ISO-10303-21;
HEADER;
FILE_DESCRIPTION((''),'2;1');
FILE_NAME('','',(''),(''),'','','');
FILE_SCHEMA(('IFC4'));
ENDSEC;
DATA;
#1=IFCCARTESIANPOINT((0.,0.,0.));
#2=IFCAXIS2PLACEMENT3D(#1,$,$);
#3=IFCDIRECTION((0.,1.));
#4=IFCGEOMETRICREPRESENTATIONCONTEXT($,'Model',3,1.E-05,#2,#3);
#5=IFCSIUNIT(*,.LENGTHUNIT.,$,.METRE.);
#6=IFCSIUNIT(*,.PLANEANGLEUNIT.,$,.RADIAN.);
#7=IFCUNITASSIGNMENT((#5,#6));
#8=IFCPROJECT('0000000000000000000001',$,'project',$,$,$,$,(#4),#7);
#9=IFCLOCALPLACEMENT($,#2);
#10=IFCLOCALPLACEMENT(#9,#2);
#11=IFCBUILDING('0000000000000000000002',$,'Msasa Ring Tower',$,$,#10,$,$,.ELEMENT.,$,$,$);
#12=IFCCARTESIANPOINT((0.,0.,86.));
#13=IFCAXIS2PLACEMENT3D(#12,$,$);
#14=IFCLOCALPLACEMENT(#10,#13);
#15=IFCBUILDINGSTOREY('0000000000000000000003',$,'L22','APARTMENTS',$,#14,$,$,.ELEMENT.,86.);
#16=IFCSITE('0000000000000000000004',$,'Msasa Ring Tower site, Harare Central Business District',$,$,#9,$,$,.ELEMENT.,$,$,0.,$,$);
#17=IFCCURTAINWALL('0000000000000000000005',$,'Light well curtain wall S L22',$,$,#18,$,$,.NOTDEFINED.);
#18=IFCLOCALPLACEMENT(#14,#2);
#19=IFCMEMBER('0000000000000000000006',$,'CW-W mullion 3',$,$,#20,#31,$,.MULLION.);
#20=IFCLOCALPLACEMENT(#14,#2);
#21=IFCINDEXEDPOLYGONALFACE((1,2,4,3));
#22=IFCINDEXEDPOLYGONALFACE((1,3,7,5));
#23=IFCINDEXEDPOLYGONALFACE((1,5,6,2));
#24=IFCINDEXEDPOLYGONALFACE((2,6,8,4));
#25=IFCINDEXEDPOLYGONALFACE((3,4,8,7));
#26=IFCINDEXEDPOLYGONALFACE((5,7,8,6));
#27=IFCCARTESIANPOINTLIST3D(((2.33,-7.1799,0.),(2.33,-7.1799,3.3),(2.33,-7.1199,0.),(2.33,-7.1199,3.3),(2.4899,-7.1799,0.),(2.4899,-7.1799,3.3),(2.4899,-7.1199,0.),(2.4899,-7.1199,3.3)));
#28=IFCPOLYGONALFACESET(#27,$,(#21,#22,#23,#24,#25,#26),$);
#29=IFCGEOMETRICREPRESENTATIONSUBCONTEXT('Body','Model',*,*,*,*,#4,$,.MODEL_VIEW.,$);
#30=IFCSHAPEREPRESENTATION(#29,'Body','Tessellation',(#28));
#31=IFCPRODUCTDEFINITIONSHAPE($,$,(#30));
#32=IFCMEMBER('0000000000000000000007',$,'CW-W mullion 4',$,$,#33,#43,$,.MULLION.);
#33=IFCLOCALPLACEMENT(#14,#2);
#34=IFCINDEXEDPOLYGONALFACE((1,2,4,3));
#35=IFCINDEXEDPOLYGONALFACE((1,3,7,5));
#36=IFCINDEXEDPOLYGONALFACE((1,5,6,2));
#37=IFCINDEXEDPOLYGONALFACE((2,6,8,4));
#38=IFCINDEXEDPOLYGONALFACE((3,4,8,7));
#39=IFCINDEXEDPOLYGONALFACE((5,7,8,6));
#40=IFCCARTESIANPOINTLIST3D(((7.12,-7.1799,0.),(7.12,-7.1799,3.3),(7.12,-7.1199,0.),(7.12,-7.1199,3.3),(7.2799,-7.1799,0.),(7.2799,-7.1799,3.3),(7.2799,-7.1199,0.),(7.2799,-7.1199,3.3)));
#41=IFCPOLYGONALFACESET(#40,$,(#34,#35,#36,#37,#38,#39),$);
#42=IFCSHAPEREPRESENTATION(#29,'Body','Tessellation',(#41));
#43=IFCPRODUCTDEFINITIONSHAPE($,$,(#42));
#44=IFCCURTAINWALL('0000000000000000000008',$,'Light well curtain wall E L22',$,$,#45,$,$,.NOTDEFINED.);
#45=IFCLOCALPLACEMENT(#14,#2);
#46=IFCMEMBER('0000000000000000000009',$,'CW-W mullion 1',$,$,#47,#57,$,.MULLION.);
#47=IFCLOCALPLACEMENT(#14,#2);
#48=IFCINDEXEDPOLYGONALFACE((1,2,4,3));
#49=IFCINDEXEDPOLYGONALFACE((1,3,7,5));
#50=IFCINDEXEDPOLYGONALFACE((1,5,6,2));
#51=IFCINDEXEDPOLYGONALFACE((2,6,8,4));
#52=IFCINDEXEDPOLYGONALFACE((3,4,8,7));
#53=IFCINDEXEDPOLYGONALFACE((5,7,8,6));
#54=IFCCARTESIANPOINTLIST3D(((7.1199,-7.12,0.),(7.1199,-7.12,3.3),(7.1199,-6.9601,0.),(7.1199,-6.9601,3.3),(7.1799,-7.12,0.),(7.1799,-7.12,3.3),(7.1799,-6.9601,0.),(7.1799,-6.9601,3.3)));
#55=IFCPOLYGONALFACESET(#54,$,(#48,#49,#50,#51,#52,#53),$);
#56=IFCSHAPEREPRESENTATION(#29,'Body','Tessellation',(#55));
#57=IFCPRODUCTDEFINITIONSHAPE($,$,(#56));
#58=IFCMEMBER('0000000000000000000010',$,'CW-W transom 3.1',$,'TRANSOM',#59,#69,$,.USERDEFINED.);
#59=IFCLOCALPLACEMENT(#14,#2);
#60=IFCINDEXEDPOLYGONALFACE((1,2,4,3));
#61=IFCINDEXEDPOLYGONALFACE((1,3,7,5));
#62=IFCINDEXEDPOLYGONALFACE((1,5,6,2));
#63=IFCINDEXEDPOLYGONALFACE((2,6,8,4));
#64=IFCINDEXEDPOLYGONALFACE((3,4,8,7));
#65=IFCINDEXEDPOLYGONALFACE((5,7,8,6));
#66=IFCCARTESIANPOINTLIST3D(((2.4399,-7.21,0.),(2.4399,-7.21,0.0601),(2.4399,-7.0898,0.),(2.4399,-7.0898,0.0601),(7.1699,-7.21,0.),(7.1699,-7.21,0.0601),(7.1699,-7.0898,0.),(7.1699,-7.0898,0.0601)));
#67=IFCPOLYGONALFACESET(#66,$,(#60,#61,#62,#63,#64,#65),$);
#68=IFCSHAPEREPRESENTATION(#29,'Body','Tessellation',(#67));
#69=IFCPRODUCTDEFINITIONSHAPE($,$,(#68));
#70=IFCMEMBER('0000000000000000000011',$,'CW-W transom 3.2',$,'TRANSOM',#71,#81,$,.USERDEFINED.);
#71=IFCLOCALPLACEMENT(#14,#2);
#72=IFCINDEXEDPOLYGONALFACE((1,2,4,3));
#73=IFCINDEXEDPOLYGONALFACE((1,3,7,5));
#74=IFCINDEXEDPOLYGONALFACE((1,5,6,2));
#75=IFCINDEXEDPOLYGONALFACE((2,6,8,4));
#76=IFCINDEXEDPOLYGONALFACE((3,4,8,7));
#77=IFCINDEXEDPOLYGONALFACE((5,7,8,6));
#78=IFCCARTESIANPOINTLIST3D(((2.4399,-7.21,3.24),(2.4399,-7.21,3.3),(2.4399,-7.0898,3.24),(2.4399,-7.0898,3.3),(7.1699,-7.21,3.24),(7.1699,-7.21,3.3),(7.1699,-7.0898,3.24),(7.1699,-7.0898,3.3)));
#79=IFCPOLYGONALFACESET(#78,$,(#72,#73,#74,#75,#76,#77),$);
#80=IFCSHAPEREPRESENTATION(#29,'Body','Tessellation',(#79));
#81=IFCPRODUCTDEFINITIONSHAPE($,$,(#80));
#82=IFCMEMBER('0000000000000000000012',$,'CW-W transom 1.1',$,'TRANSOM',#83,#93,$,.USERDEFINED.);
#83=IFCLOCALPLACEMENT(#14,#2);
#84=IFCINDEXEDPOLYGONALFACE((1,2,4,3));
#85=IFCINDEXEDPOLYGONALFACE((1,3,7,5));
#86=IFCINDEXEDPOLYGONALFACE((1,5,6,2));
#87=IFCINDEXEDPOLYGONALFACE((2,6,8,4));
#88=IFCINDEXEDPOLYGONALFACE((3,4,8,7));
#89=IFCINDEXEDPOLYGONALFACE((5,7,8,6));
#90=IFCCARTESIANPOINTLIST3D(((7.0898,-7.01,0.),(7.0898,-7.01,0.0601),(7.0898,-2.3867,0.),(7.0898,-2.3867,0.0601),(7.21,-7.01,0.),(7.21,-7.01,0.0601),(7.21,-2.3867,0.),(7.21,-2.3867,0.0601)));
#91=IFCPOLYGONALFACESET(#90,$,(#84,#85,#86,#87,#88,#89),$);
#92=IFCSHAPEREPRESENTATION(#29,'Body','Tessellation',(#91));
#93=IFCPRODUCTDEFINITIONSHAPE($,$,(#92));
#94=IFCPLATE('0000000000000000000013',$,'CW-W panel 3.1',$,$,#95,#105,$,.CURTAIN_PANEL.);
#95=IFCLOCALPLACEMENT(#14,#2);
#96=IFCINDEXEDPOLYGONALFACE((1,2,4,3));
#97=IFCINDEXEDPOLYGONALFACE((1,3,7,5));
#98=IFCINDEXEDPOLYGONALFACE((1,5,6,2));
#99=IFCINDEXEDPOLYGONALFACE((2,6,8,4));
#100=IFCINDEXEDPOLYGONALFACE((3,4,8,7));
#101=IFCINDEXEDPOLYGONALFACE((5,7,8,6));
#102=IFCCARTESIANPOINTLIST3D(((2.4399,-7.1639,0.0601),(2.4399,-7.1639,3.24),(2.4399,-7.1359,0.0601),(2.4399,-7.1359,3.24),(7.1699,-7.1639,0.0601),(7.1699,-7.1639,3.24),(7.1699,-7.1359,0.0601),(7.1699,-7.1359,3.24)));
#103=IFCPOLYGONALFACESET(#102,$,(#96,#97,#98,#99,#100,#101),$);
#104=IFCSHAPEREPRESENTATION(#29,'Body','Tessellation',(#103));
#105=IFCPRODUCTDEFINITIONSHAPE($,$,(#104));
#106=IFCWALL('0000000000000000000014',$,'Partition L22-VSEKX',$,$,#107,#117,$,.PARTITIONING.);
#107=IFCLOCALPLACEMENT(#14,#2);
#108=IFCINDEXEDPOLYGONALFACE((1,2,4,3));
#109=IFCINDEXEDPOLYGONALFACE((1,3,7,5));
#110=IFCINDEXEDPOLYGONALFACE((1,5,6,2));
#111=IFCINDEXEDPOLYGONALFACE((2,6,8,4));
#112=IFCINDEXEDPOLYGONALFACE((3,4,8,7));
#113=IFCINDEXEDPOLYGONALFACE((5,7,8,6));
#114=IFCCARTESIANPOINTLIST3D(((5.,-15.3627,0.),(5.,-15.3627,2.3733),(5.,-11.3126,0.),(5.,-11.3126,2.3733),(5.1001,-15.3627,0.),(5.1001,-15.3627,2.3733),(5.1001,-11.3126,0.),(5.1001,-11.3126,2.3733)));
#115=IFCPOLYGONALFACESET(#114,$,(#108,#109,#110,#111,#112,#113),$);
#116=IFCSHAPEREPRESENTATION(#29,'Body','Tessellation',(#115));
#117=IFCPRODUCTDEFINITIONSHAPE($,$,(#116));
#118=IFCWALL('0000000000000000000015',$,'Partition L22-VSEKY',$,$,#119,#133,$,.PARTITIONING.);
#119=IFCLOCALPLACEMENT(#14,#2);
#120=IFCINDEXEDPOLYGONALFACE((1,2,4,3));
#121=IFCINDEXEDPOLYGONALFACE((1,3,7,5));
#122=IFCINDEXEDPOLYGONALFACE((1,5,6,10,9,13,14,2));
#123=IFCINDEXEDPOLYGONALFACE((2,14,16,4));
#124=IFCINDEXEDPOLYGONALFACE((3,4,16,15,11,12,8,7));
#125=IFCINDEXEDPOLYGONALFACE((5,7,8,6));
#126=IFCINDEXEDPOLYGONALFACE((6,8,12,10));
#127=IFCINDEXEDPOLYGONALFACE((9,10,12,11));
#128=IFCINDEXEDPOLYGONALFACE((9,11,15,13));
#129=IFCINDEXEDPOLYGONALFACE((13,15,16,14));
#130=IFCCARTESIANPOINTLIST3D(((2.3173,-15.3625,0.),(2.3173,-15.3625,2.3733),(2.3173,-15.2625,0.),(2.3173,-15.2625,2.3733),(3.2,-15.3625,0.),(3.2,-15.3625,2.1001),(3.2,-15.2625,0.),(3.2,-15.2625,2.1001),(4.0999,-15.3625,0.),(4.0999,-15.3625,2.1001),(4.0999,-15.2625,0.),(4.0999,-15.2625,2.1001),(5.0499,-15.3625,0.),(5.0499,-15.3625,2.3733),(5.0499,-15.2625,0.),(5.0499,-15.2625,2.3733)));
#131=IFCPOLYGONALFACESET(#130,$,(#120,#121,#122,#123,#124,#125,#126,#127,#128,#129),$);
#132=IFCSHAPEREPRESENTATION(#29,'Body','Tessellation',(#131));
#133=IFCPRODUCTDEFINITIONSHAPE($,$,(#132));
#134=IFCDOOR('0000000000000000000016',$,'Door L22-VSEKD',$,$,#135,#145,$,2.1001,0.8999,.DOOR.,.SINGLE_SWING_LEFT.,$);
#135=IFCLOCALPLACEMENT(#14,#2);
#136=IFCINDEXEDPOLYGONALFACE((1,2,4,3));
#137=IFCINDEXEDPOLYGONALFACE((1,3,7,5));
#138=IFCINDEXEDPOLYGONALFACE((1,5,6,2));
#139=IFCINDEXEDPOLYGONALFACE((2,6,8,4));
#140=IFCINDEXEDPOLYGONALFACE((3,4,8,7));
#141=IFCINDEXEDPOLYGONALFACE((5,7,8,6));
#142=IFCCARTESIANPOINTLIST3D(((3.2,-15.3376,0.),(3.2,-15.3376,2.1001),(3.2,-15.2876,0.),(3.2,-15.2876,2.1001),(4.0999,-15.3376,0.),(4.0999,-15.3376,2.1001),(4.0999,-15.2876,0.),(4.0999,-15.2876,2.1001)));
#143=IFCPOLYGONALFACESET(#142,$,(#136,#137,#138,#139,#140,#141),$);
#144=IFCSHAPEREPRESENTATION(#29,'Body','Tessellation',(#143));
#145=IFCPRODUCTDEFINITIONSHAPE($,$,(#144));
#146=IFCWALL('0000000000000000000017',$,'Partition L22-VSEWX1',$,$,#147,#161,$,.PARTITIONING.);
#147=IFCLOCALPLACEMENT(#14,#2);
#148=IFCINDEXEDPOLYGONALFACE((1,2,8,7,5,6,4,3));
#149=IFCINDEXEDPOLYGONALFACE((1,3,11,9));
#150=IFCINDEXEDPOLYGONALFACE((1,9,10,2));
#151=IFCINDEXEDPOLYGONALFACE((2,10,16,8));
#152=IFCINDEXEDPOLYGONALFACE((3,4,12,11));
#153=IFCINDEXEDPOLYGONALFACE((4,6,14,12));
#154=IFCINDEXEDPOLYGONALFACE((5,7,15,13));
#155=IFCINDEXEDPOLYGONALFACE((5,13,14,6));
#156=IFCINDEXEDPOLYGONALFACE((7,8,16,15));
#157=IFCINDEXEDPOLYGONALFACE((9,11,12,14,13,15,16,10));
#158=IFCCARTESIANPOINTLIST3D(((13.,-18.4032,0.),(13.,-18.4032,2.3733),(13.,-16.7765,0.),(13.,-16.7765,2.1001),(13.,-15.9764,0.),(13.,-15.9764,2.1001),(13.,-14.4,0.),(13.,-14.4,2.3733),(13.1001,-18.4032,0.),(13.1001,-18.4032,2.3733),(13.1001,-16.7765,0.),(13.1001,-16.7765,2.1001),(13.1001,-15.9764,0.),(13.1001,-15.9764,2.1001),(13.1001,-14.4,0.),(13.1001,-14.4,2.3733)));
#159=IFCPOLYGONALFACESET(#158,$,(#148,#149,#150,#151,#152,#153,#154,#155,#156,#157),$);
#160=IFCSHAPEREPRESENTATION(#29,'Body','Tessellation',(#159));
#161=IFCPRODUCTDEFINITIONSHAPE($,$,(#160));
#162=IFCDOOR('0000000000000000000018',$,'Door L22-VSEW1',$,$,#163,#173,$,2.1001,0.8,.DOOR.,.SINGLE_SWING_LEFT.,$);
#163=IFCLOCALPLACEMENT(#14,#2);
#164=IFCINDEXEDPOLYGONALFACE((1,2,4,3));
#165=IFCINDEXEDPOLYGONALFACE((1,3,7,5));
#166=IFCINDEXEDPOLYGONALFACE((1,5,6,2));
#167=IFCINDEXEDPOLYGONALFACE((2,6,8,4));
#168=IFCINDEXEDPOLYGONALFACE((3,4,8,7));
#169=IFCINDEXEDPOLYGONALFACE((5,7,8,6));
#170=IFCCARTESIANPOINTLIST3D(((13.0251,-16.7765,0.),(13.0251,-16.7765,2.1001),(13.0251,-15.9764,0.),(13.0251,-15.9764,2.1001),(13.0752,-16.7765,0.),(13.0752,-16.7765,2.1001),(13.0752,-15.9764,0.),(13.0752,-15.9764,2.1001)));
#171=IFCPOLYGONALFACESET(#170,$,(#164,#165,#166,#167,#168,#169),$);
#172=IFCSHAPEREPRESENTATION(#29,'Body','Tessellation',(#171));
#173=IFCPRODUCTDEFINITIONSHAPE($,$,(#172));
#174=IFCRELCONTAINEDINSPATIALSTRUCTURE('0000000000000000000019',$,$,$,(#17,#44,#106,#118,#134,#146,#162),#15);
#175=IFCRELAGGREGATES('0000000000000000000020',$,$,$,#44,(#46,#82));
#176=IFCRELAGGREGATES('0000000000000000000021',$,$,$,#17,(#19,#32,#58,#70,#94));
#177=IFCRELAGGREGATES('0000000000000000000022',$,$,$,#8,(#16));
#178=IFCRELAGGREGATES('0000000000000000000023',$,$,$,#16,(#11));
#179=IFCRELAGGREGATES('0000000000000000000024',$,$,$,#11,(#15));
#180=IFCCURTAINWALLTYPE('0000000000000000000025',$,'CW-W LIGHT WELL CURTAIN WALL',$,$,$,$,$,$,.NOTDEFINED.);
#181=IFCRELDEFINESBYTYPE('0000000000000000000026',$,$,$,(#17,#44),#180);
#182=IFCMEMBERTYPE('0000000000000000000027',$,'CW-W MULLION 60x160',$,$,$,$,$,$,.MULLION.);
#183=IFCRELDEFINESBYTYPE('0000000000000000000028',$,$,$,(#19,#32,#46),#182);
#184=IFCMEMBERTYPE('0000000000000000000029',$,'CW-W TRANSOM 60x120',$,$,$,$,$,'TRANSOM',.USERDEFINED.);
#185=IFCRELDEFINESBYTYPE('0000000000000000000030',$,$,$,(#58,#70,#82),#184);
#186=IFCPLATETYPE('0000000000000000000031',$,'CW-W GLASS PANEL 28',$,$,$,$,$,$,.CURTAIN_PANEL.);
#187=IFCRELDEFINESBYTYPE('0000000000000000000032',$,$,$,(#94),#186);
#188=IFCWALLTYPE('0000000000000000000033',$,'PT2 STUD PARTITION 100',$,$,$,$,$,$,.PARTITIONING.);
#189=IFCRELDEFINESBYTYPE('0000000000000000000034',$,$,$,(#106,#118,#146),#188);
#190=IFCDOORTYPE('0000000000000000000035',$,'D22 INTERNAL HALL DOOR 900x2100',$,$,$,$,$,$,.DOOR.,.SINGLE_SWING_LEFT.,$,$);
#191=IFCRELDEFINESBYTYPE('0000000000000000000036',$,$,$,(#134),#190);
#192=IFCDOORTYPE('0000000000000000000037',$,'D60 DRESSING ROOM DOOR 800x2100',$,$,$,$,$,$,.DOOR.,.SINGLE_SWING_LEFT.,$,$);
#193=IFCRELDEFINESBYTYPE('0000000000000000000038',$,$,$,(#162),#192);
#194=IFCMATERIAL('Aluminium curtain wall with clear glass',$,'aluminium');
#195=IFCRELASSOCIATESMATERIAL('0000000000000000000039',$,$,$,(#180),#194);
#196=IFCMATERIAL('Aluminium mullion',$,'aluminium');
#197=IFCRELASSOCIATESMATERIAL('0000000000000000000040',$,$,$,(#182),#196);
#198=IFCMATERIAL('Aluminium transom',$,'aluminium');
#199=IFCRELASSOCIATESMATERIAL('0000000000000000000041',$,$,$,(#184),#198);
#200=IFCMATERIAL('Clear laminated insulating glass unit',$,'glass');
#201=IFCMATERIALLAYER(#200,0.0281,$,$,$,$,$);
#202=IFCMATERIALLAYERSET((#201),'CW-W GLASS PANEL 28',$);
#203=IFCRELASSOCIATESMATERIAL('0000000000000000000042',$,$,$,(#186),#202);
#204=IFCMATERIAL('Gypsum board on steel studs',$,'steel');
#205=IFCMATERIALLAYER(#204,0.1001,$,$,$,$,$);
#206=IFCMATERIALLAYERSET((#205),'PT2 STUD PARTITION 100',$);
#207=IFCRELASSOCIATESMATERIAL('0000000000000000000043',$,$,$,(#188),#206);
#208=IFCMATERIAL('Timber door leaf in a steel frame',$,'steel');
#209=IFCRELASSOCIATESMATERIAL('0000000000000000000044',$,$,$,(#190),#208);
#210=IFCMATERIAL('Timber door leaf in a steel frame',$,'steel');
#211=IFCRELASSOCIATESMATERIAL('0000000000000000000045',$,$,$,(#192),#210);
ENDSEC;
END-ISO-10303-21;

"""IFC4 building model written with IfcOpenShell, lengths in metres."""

from ifc_helpers import new_model, si_unit, direction, frame, frame_2d, origin, origin_2d, place, context, subcontext, project, spatial, rectangle, extrude, material, layer, layer_set, material_profile, profile_set, type_object, element, fill, aggregate, save


model = new_model("IFC4")

# Units and contexts
model_context = context("Model", 3, precision=1e-05, world=origin(), true_north=direction((0.0, 1.0)))
body_context = subcontext(model_context, "Body", "Model", "MODEL_VIEW")
ifc_project = project(units=[si_unit("LENGTHUNIT", "METRE"), si_unit("PLANEANGLEUNIT", "RADIAN")], contexts=[model_context])

# Site, building, storey
site_placement = place(None, origin())
site = spatial("IfcSite", under=ifc_project, at=site_placement, Name="Msasa Ring Tower site, Harare Central Business District", CompositionType="ELEMENT", RefElevation=0.0)
building_placement = place(site_placement, origin())
building = spatial("IfcBuilding", under=site, at=building_placement, Name="Msasa Ring Tower", CompositionType="ELEMENT")
storey_placement = place(building_placement, frame((0.0, 0.0, 86.0)))
storey = spatial("IfcBuildingStorey", under=building, at=storey_placement, Name="L22", Description="APARTMENTS", CompositionType="ELEMENT", Elevation=86.0)

# Curtain wall, members
ifc_material_1 = material(Name="Aluminium curtain wall with clear glass", Category="aluminium")
curtain_wall_type = type_object("IfcCurtainWallType", Name="CW-W LIGHT WELL CURTAIN WALL", PredefinedType="NOTDEFINED", material=ifc_material_1)
curtain_wall_1_placement = place(storey_placement, origin())
curtain_wall_1 = element("IfcCurtainWall", 1, at=curtain_wall_1_placement, inside=storey, type_object=curtain_wall_type, Name="Light well curtain wall S L22", PredefinedType="NOTDEFINED")
ifc_material_2 = material(Name="Aluminium mullion", Category="aluminium")
ifc_material_profile_1 = material_profile(ifc_material_2, rectangle(XDim=0.0601, YDim=0.1599, at=origin_2d()), Name="AL 60x160")
ifc_profile_set_1 = profile_set([ifc_material_profile_1], Name="Aluminium mullion")
member_type_1 = type_object("IfcMemberType", Name="CW-W MULLION 60x160", PredefinedType="MULLION", material=ifc_profile_set_1)
member_1_placement = place(storey_placement, frame((2.4099, -7.1499, 0.0), z_axis=(0.0, 0.0, 1.0), x_axis=(0.0, 1.0, 0.0)))
member_1 = element("IfcMember", 2, at=member_1_placement, type_object=member_type_1, Name="CW-W mullion 3", PredefinedType="MULLION", context=body_context, shape_type="SweptSolid", body=[
    extrude(rectangle(XDim=0.0601, YDim=0.1599, at=origin_2d()), origin(), (0.0, 0.0, 1.0), 3.3),
])
member_2_placement = place(storey_placement, frame((7.2, -7.1499, 0.0), z_axis=(0.0, 0.0, 1.0), x_axis=(0.0, 1.0, 0.0)))
member_2 = element("IfcMember", 3, at=member_2_placement, type_object=member_type_1, Name="CW-W mullion 4", PredefinedType="MULLION", context=body_context, shape_type="SweptSolid", body=[
    extrude(rectangle(XDim=0.0601, YDim=0.1599, at=origin_2d()), origin(), (0.0, 0.0, 1.0), 3.3),
])

# Curtain wall, member
curtain_wall_2_placement = place(storey_placement, origin())
curtain_wall_2 = element("IfcCurtainWall", 4, at=curtain_wall_2_placement, inside=storey, type_object=curtain_wall_type, Name="Light well curtain wall E L22", PredefinedType="NOTDEFINED")
member_3_placement = place(storey_placement, frame((7.1499, -7.04, 0.0), z_axis=(0.0, 0.0, 1.0), x_axis=(-1.0, 0.0, 0.0)))
member_3 = element("IfcMember", 5, at=member_3_placement, type_object=member_type_1, Name="CW-W mullion 1", PredefinedType="MULLION", context=body_context, shape_type="SweptSolid", body=[
    extrude(rectangle(XDim=0.0601, YDim=0.1599, at=origin_2d()), origin(), (0.0, 0.0, 1.0), 3.3),
])

# Members
ifc_material_3 = material(Name="Aluminium transom", Category="aluminium")
ifc_material_profile_2 = material_profile(ifc_material_3, rectangle(XDim=0.1201, YDim=0.0601, at=origin_2d()), Name="AL 60x120")
ifc_profile_set_2 = profile_set([ifc_material_profile_2], Name="Aluminium transom")
member_type_2 = type_object("IfcMemberType", Name="CW-W TRANSOM 60x120", ElementType="TRANSOM", PredefinedType="USERDEFINED", material=ifc_profile_set_2)
member_4_placement = place(storey_placement, frame((2.4399, -7.1499, 0.03), z_axis=(1.0, 0.0, 0.0), x_axis=(0.0, 1.0, 0.0)))
member_4 = element("IfcMember", 6, at=member_4_placement, type_object=member_type_2, Name="CW-W transom 3.1", ObjectType="TRANSOM", PredefinedType="USERDEFINED", context=body_context, shape_type="SweptSolid", body=[
    extrude(rectangle(XDim=0.1201, YDim=0.0601, at=origin_2d()), origin(), (0.0, 0.0, 1.0), 4.73),
])
member_5_placement = place(storey_placement, frame((2.4399, -7.1499, 3.27), z_axis=(1.0, 0.0, 0.0), x_axis=(0.0, 1.0, 0.0)))
member_5 = element("IfcMember", 7, at=member_5_placement, type_object=member_type_2, Name="CW-W transom 3.2", ObjectType="TRANSOM", PredefinedType="USERDEFINED", context=body_context, shape_type="SweptSolid", body=[
    extrude(rectangle(XDim=0.1201, YDim=0.0601, at=origin_2d()), origin(), (0.0, 0.0, 1.0), 4.73),
])
member_6_placement = place(storey_placement, frame((7.1499, -7.01, 0.03), z_axis=(0.0, 1.0, 0.0), x_axis=(-1.0, 0.0, 0.0)))
member_6 = element("IfcMember", 8, at=member_6_placement, type_object=member_type_2, Name="CW-W transom 1.1", ObjectType="TRANSOM", PredefinedType="USERDEFINED", context=body_context, shape_type="SweptSolid", body=[
    extrude(rectangle(XDim=0.1201, YDim=0.0601, at=origin_2d()), origin(), (0.0, 0.0, 1.0), 4.6233),
])
aggregate(curtain_wall_2, [member_3, member_6])

# Plate
ifc_material_4 = material(Name="Clear laminated insulating glass unit", Category="glass")
ifc_layer_1 = layer(ifc_material_4, 0.0281)
ifc_layer_set_1 = layer_set([ifc_layer_1], Name="CW-W GLASS PANEL 28")
plate_type = type_object("IfcPlateType", Name="CW-W GLASS PANEL 28", PredefinedType="CURTAIN_PANEL", material=ifc_layer_set_1)
plate_placement = place(storey_placement, frame((4.8049, -7.1499, 0.0601), z_axis=(0.0, 0.0, 1.0), x_axis=(1.0, 0.0, 0.0)))
plate = element("IfcPlate", 9, at=plate_placement, type_object=plate_type, Name="CW-W panel 3.1", PredefinedType="CURTAIN_PANEL", context=body_context, shape_type="SweptSolid", body=[
    extrude(rectangle(XDim=4.73, YDim=0.0281, at=origin_2d()), origin(), (0.0, 0.0, 1.0), 3.1799),
])
aggregate(curtain_wall_1, [member_1, member_2, member_4, member_5, plate])

# Wall
ifc_material_5 = material(Name="Gypsum board on steel studs", Category="steel")
ifc_layer_2 = layer(ifc_material_5, 0.1001)
ifc_layer_set_2 = layer_set([ifc_layer_2], Name="PT2 STUD PARTITION 100")
wall_type_1 = type_object("IfcWallType", Name="PT2 STUD PARTITION 100", PredefinedType="PARTITIONING", material=ifc_layer_set_2)
wall_1_placement = place(storey_placement, frame((5.05, -15.3625, 0.0), z_axis=(0.0, 0.0, 1.0), x_axis=(0.0, 1.0, 0.0)))
element("IfcWall", 10, at=wall_1_placement, inside=storey, type_object=wall_type_1, Name="Partition L22-VSEKX", PredefinedType="PARTITIONING", context=body_context, shape_type="SweptSolid", body=[
    extrude(rectangle(XDim=4.05, YDim=0.1001, at=frame_2d((2.0249, 0.0))), origin(), (0.0, 0.0, 1.0), 2.3733),
])

# Walls, openings, doors
wall_2_placement = place(storey_placement, frame((2.3174, -15.3125, 0.0), z_axis=(0.0, 0.0, 1.0), x_axis=(1.0, 0.0, 0.0)))
wall_2 = element("IfcWall", 11, at=wall_2_placement, inside=storey, type_object=wall_type_1, Name="Partition L22-VSEKY", PredefinedType="PARTITIONING", context=body_context, shape_type="SweptSolid", body=[
    extrude(rectangle(XDim=2.7327, YDim=0.1001, at=frame_2d((1.3662, 0.0))), origin(), (0.0, 0.0, 1.0), 2.3733),
])
opening_1_placement = place(wall_2_placement, frame((0.8826, 0.0, 0.0)))
opening_1 = element("IfcOpeningElement", 12, at=opening_1_placement, cuts=wall_2, PredefinedType="OPENING", context=body_context, shape_type="SweptSolid", body=[
    extrude(rectangle(XDim=0.8999, YDim=2.1001, at=frame_2d((0.45, 1.05))), frame((0.0, 0.0601, 0.0), z_axis=(0.0, -1.0, 0.0), x_axis=(1.0, 0.0, 0.0)), (0.0, 0.0, 1.0), 0.1201),
])
ifc_material_6 = material(Name="Timber door leaf in a steel frame", Category="steel")
door_type_1 = type_object("IfcDoorType", Name="D22 INTERNAL HALL DOOR 900x2100", OperationType="SINGLE_SWING_LEFT", PredefinedType="DOOR", material=ifc_material_6)
door_1_placement = place(opening_1_placement, origin())
door_1 = element("IfcDoor", 13, at=door_1_placement, inside=storey, type_object=door_type_1, Name="Door L22-VSEKD", OperationType="SINGLE_SWING_LEFT", OverallHeight=2.1001, OverallWidth=0.8999, PredefinedType="DOOR", context=body_context, shape_type="SweptSolid", body=[
    extrude(rectangle(XDim=0.8999, YDim=2.1001, at=frame_2d((0.45, 1.05))), frame((0.0, 0.0249, 0.0), z_axis=(0.0, -1.0, 0.0), x_axis=(1.0, 0.0, 0.0)), (0.0, 0.0, 1.0), 0.05),
])
fill(opening_1, door_1)
wall_3_placement = place(storey_placement, frame((13.05, -18.4031, 0.0), z_axis=(0.0, 0.0, 1.0), x_axis=(0.0, 1.0, 0.0)))
wall_3 = element("IfcWall", 14, at=wall_3_placement, inside=storey, type_object=wall_type_1, Name="Partition L22-VSEWX1", PredefinedType="PARTITIONING", context=body_context, shape_type="SweptSolid", body=[
    extrude(rectangle(XDim=4.0032, YDim=0.1001, at=frame_2d((2.0015, 0.0))), origin(), (0.0, 0.0, 1.0), 2.3733),
])
opening_2_placement = place(wall_3_placement, frame((1.6267, 0.0, 0.0)))
opening_2 = element("IfcOpeningElement", 15, at=opening_2_placement, cuts=wall_3, PredefinedType="OPENING", context=body_context, shape_type="SweptSolid", body=[
    extrude(rectangle(XDim=0.8, YDim=2.1001, at=frame_2d((0.3999, 1.05))), frame((0.0, 0.0601, 0.0), z_axis=(0.0, -1.0, 0.0), x_axis=(1.0, 0.0, 0.0)), (0.0, 0.0, 1.0), 0.1201),
])
ifc_material_7 = material(Name="Timber door leaf in a steel frame", Category="steel")
door_type_2 = type_object("IfcDoorType", Name="D60 DRESSING ROOM DOOR 800x2100", OperationType="SINGLE_SWING_LEFT", PredefinedType="DOOR", material=ifc_material_7)
door_2_placement = place(opening_2_placement, origin())
door_2 = element("IfcDoor", 16, at=door_2_placement, inside=storey, type_object=door_type_2, Name="Door L22-VSEW1", OperationType="SINGLE_SWING_LEFT", OverallHeight=2.1001, OverallWidth=0.8, PredefinedType="DOOR", context=body_context, shape_type="SweptSolid", body=[
    extrude(rectangle(XDim=0.8, YDim=2.1001, at=frame_2d((0.3999, 1.05))), frame((0.0, 0.0249, 0.0), z_axis=(0.0, -1.0, 0.0), x_axis=(1.0, 0.0, 0.0)), (0.0, 0.0, 1.0), 0.05),
])
fill(opening_2, door_2)

save(model, "model.ifc")
